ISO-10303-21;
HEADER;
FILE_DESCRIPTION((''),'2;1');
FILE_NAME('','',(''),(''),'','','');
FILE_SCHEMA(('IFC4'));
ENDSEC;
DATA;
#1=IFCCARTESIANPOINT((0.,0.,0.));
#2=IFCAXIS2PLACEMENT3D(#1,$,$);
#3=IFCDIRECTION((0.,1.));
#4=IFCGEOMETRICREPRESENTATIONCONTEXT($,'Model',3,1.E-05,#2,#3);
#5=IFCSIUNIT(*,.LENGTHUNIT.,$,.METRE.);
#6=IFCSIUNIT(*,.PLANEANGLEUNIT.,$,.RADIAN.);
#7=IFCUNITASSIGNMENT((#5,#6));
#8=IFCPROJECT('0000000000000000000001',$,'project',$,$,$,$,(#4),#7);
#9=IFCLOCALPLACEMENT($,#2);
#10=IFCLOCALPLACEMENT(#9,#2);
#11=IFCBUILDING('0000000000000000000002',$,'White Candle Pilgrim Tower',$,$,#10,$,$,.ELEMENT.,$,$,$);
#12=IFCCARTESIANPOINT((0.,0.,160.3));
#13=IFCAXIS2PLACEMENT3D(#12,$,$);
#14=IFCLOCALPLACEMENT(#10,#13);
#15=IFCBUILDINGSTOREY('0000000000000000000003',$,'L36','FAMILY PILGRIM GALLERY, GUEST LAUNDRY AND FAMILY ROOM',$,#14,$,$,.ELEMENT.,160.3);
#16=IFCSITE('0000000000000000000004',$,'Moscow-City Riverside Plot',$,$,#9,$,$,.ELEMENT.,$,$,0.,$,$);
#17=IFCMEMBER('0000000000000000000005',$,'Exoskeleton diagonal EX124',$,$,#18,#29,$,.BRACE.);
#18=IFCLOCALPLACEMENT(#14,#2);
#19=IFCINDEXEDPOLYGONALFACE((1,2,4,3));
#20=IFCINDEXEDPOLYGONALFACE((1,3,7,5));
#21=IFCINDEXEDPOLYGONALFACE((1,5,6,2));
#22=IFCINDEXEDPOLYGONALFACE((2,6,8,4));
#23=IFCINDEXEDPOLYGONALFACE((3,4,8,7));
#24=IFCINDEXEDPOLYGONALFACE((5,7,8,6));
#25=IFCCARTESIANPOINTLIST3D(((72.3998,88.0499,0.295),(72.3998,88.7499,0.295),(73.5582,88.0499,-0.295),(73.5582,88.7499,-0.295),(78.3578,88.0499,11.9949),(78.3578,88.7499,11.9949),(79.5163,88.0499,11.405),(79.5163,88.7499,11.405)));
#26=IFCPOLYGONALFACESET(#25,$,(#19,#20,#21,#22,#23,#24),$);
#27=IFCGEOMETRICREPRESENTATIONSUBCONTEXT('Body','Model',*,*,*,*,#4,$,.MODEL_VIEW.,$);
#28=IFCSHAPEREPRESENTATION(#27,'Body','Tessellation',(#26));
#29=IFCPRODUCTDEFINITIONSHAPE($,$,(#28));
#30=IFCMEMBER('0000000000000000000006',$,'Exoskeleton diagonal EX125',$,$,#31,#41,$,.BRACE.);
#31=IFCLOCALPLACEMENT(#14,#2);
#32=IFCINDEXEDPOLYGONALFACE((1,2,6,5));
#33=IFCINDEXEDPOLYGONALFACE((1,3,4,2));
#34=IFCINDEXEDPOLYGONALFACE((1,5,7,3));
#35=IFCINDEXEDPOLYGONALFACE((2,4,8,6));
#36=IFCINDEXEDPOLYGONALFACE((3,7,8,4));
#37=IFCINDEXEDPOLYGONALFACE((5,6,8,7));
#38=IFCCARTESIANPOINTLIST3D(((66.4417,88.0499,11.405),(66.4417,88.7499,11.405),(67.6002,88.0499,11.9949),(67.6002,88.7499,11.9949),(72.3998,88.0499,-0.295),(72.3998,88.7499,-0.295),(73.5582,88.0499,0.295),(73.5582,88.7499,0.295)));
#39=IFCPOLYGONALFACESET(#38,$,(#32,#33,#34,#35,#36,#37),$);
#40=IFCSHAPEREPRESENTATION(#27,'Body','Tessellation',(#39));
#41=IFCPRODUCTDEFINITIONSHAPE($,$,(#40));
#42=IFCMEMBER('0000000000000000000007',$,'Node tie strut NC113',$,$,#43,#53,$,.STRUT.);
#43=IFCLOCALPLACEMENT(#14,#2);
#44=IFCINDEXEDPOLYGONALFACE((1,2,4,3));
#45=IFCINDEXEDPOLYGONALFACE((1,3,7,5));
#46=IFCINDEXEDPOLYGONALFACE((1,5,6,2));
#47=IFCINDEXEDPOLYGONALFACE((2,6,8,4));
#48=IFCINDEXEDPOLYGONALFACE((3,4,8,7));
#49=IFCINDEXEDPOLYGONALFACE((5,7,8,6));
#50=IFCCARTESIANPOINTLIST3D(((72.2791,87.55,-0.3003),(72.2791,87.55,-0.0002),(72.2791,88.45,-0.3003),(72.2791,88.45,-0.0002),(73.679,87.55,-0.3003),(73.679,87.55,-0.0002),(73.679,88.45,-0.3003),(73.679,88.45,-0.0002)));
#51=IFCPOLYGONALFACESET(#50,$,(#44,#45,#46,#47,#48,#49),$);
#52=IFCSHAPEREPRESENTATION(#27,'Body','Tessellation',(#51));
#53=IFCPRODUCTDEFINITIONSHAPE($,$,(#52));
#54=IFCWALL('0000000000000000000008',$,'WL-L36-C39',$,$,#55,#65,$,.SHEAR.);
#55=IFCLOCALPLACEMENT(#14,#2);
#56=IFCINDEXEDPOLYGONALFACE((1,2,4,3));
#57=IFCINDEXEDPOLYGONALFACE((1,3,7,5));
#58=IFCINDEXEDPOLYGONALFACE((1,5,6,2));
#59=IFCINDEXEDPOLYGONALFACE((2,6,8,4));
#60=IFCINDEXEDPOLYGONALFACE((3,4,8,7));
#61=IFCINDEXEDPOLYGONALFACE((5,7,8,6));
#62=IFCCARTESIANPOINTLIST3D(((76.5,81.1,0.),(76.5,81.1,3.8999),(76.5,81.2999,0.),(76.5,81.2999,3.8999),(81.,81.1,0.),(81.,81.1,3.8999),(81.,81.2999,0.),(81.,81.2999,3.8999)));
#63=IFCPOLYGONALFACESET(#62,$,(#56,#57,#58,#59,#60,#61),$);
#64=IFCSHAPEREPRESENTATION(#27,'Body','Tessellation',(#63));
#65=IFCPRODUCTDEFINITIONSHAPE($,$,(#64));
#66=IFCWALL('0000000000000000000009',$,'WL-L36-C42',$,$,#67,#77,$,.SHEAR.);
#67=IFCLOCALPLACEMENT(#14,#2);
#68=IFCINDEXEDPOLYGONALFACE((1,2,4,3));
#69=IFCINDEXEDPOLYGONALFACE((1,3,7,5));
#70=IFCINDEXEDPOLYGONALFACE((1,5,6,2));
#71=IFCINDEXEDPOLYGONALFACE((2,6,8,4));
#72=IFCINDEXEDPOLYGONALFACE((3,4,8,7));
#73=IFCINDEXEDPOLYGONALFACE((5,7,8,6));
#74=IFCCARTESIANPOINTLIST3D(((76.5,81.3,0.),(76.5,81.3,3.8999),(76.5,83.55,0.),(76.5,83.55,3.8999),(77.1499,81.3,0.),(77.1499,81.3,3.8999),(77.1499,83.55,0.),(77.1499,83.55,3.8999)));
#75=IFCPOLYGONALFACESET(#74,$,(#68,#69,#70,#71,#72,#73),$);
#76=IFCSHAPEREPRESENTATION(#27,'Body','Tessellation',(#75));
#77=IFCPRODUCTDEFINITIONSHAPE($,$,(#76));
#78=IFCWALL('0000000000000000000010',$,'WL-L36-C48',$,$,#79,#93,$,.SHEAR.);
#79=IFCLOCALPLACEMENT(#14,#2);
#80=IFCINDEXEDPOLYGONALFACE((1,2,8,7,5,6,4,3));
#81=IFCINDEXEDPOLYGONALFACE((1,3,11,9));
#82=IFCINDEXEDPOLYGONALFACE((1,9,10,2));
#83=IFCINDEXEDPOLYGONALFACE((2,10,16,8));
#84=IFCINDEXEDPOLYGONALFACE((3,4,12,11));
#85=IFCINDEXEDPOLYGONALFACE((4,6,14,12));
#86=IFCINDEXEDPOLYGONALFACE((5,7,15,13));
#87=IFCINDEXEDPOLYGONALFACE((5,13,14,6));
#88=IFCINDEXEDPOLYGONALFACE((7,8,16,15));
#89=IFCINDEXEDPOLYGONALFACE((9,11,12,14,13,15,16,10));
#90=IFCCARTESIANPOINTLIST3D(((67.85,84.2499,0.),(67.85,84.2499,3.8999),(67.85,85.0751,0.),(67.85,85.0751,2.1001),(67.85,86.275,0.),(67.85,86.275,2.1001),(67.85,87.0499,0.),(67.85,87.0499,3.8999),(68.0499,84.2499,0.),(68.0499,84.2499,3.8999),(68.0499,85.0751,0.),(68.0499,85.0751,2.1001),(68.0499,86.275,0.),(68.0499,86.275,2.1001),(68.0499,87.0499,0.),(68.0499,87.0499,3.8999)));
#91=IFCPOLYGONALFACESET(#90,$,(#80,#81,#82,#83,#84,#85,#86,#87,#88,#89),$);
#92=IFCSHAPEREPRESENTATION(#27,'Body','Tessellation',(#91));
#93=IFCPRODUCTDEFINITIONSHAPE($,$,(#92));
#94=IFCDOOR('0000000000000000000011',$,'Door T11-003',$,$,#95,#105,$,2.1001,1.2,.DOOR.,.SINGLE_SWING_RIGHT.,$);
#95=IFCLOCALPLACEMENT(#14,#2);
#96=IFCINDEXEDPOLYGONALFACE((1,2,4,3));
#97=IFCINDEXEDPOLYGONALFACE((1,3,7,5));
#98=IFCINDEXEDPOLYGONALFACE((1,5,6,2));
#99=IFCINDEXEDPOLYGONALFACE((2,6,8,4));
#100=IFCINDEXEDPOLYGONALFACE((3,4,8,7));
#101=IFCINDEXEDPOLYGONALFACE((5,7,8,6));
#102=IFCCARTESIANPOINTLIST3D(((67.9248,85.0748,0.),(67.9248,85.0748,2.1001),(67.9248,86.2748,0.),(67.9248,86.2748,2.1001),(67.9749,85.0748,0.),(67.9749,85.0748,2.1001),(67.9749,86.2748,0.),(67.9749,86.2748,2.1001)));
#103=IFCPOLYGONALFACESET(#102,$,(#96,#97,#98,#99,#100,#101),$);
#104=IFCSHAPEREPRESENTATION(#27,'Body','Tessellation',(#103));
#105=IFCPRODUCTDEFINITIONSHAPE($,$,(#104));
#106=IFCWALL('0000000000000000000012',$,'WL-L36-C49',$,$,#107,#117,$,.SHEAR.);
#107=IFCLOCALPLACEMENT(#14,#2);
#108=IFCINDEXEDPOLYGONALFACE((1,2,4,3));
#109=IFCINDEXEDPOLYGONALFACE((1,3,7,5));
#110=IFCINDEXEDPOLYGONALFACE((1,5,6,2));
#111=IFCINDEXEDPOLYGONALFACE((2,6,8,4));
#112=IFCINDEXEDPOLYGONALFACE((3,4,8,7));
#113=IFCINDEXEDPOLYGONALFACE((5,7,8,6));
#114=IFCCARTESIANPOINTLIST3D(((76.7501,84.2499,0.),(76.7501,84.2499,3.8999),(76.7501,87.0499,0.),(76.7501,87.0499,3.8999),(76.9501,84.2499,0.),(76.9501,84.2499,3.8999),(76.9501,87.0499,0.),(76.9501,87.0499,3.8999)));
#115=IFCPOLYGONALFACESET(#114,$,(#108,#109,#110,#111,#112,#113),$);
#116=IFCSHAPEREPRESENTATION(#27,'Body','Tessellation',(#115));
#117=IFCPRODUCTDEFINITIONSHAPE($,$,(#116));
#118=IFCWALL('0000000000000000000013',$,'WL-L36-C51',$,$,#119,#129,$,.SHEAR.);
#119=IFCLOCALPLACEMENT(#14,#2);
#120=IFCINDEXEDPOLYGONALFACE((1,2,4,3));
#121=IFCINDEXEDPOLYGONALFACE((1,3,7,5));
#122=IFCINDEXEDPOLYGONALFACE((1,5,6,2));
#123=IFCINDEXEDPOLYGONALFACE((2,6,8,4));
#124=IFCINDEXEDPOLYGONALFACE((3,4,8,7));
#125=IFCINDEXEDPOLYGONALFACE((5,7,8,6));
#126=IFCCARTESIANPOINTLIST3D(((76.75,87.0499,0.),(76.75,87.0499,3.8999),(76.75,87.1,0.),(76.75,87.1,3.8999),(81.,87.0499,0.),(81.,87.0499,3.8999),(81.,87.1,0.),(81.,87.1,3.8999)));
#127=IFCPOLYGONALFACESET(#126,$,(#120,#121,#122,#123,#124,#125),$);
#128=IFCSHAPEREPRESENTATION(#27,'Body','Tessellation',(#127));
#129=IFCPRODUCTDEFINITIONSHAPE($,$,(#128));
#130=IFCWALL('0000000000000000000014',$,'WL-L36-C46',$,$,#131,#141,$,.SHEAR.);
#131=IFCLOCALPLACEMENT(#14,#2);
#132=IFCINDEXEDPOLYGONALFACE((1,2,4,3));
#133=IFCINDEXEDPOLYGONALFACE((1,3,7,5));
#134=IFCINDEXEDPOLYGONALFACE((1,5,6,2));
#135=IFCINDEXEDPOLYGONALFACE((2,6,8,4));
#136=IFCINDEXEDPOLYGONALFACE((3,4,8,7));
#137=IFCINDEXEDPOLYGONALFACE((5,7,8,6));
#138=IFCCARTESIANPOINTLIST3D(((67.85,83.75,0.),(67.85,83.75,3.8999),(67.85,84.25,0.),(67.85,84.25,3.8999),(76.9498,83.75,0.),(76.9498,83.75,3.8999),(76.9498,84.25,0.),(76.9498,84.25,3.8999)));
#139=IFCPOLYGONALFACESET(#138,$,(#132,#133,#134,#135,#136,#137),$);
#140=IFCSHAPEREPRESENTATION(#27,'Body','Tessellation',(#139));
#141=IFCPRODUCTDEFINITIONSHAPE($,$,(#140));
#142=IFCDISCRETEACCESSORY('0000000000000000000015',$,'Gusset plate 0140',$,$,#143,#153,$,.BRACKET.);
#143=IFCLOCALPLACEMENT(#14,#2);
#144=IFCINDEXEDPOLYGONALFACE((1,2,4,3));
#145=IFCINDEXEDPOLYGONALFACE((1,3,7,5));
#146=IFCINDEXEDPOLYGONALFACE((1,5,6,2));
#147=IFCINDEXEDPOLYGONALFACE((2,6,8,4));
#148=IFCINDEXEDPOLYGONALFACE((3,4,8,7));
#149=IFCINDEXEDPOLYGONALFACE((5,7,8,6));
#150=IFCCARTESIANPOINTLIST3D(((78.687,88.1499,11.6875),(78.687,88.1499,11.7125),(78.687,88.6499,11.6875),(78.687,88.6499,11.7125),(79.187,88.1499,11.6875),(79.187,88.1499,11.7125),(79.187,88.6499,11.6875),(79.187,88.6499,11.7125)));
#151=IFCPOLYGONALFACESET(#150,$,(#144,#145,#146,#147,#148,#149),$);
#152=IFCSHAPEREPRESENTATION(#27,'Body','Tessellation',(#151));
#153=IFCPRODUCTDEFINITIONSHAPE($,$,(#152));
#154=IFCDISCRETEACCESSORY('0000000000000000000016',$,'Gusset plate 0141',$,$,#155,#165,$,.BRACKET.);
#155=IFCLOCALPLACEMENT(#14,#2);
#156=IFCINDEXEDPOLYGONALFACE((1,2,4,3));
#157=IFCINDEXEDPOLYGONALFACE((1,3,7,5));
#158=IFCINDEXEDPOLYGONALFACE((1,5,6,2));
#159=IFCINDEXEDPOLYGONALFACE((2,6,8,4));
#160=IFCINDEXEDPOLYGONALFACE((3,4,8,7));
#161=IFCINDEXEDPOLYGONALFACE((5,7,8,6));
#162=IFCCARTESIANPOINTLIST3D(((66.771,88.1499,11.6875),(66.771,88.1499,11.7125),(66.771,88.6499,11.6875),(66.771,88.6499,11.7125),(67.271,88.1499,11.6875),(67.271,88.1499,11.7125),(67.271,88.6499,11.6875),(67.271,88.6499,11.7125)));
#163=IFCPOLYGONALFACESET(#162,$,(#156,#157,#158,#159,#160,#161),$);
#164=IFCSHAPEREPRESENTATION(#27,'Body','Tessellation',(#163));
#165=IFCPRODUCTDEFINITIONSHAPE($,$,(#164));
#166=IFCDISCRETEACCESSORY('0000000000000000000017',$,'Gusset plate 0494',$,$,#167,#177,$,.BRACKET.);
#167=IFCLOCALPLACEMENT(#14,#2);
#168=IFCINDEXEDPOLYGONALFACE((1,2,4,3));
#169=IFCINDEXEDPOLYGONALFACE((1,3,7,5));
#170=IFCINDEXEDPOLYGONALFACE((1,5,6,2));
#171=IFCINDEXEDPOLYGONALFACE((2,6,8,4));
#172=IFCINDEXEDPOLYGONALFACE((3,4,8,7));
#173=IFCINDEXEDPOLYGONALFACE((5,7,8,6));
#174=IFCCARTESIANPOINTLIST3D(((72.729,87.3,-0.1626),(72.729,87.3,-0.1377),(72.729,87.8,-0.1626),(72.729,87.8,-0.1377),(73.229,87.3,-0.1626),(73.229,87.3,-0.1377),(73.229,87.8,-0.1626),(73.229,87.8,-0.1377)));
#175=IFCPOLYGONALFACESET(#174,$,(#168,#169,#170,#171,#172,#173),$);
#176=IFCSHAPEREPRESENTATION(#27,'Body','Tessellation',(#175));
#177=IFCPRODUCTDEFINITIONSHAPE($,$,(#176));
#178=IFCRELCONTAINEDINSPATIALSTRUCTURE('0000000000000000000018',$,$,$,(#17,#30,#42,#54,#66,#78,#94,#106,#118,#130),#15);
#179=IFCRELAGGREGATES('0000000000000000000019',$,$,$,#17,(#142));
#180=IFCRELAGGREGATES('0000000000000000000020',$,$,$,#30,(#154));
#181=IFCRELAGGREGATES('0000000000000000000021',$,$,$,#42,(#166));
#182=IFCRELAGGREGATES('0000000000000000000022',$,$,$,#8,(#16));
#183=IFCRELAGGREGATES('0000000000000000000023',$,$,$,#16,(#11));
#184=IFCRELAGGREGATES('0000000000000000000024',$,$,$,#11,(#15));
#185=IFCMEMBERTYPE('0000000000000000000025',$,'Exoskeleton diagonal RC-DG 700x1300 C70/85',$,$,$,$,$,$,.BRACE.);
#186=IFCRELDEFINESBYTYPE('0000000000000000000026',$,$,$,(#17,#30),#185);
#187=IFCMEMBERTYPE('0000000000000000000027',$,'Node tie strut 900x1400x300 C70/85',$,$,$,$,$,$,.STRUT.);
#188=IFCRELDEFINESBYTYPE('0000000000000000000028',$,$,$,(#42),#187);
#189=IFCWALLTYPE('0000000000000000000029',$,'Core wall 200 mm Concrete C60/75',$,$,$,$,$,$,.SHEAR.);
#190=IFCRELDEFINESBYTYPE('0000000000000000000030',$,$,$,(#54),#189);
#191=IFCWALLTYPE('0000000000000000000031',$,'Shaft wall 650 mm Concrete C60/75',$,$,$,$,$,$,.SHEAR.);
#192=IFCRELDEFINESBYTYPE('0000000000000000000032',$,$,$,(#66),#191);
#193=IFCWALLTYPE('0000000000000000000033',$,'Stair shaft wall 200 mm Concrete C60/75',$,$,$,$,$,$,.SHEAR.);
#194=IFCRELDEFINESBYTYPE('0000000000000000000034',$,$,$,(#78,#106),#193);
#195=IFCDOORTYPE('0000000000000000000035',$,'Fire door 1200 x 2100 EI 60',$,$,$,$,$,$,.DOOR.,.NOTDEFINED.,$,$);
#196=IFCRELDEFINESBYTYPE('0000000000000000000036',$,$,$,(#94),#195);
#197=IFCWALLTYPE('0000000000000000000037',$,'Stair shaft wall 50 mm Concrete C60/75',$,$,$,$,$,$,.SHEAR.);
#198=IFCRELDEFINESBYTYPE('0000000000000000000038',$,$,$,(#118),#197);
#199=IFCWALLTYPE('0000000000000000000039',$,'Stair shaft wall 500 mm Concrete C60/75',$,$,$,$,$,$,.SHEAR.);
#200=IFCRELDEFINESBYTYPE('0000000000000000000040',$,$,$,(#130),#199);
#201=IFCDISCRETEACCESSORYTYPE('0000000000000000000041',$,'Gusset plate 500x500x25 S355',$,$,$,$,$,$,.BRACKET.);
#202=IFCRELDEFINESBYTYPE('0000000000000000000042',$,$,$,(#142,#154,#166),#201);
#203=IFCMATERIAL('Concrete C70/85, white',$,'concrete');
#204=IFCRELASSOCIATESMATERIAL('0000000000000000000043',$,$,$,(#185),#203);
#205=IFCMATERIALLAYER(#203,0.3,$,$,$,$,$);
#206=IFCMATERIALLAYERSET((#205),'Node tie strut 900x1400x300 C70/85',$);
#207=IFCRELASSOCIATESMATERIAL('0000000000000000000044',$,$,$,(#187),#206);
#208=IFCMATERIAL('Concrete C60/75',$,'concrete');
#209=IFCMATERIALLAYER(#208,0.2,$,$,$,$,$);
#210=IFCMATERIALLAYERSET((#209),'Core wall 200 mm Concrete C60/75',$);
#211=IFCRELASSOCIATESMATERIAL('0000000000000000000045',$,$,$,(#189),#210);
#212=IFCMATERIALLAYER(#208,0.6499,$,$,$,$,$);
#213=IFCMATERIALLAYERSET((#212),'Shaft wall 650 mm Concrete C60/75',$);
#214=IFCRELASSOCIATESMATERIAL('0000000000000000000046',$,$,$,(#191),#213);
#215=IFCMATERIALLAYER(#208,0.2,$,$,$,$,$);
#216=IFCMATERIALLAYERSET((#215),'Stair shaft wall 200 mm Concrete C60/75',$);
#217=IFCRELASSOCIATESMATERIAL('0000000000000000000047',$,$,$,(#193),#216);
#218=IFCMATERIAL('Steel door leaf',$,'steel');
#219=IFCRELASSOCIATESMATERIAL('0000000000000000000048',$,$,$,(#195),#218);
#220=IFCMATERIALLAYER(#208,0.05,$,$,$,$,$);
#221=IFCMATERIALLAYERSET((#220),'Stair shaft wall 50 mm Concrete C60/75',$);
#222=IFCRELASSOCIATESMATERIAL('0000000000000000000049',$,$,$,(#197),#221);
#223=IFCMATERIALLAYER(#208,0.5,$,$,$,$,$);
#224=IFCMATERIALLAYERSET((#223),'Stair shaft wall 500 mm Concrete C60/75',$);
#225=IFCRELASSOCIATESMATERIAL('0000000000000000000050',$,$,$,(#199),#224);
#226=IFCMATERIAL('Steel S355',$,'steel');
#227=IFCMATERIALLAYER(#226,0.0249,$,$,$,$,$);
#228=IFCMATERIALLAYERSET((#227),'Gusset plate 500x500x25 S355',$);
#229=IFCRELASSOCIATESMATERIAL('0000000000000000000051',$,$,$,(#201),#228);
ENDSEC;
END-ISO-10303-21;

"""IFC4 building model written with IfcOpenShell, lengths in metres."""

from ifc_helpers import new_model, si_unit, direction, frame, frame_2d, origin, origin_2d, place, context, subcontext, project, spatial, rectangle, extrude, material, layer, layer_set, material_profile, profile_set, type_object, element, fill, aggregate, save


model = new_model("IFC4")

# Units and contexts
model_context = context("Model", 3, precision=1e-05, world=origin(), true_north=direction((0.0, 1.0)))
body_context = subcontext(model_context, "Body", "Model", "MODEL_VIEW")
ifc_project = project(units=[si_unit("LENGTHUNIT", "METRE"), si_unit("PLANEANGLEUNIT", "RADIAN")], contexts=[model_context])

# Site, building, storey
site_placement = place(None, origin())
site = spatial("IfcSite", under=ifc_project, at=site_placement, Name="Moscow-City Riverside Plot", CompositionType="ELEMENT", RefElevation=0.0)
building_placement = place(site_placement, origin())
building = spatial("IfcBuilding", under=site, at=building_placement, Name="White Candle Pilgrim Tower", CompositionType="ELEMENT")
storey_placement = place(building_placement, frame((0.0, 0.0, 160.3)))
storey = spatial("IfcBuildingStorey", under=building, at=storey_placement, Name="L36", Description="FAMILY PILGRIM GALLERY, GUEST LAUNDRY AND FAMILY ROOM", CompositionType="ELEMENT", Elevation=160.3)

# Members
ifc_material_1 = material(Name="Concrete C70/85, white", Category="concrete")
ifc_material_profile = material_profile(ifc_material_1, rectangle(XDim=0.7, YDim=1.3, at=origin_2d()), Name="RC-DG 700x1300")
ifc_profile_set = profile_set([ifc_material_profile], Name="Concrete C70/85, white")
member_type_1 = type_object("IfcMemberType", Name="Exoskeleton diagonal RC-DG 700x1300 C70/85", PredefinedType="BRACE", material=ifc_profile_set)
member_1_placement = place(storey_placement, frame((72.979, 88.3999, 0.0), z_axis=(0.453784, 0.0, 0.891112), x_axis=(0.0, 1.0, 0.0)))
member_1 = element("IfcMember", 1, at=member_1_placement, inside=storey, type_object=member_type_1, Name="Exoskeleton diagonal EX124", PredefinedType="BRACE", context=body_context, shape_type="SweptSolid", body=[
    extrude(rectangle(XDim=0.7, YDim=1.3, at=origin_2d()), origin(), (0.0, 0.0, 1.0), 13.1296),
])
member_2_placement = place(storey_placement, frame((72.979, 88.3999, 0.0), z_axis=(-0.453784, 0.0, 0.891112), x_axis=(0.0, -1.0, 0.0)))
member_2 = element("IfcMember", 2, at=member_2_placement, inside=storey, type_object=member_type_1, Name="Exoskeleton diagonal EX125", PredefinedType="BRACE", context=body_context, shape_type="SweptSolid", body=[
    extrude(rectangle(XDim=0.7, YDim=1.3, at=origin_2d()), origin(), (0.0, 0.0, 1.0), 13.1296),
])
ifc_layer_1 = layer(ifc_material_1, 0.3)
ifc_layer_set_1 = layer_set([ifc_layer_1], Name="Node tie strut 900x1400x300 C70/85")
member_type_2 = type_object("IfcMemberType", Name="Node tie strut 900x1400x300 C70/85", PredefinedType="STRUT", material=ifc_layer_set_1)
member_3_placement = place(storey_placement, frame((72.979, 88.0, -0.3003), z_axis=(0.0, 0.0, 1.0), x_axis=(-1.0, 0.0, 0.0)))
member_3 = element("IfcMember", 3, at=member_3_placement, inside=storey, type_object=member_type_2, Name="Node tie strut NC113", PredefinedType="STRUT", context=body_context, shape_type="SweptSolid", body=[
    extrude(rectangle(XDim=1.3999, YDim=0.8999, at=origin_2d()), origin(), (0.0, 0.0, 1.0), 0.3),
])

# Walls
ifc_material_2 = material(Name="Concrete C60/75", Category="concrete")
ifc_layer_2 = layer(ifc_material_2, 0.2)
ifc_layer_set_2 = layer_set([ifc_layer_2], Name="Core wall 200 mm Concrete C60/75")
wall_type_1 = type_object("IfcWallType", Name="Core wall 200 mm Concrete C60/75", PredefinedType="SHEAR", material=ifc_layer_set_2)
wall_1_placement = place(storey_placement, frame((76.5, 81.2, 0.0), z_axis=(0.0, 0.0, 1.0), x_axis=(1.0, 0.0, 0.0)))
element("IfcWall", 4, at=wall_1_placement, inside=storey, type_object=wall_type_1, Name="WL-L36-C39", PredefinedType="SHEAR", context=body_context, shape_type="SweptSolid", body=[
    extrude(rectangle(XDim=4.5, YDim=0.2, at=frame_2d((2.25, 0.0))), origin(), (0.0, 0.0, 1.0), 3.8999),
])
ifc_layer_3 = layer(ifc_material_2, 0.6499)
ifc_layer_set_3 = layer_set([ifc_layer_3], Name="Shaft wall 650 mm Concrete C60/75")
wall_type_2 = type_object("IfcWallType", Name="Shaft wall 650 mm Concrete C60/75", PredefinedType="SHEAR", material=ifc_layer_set_3)
wall_2_placement = place(storey_placement, frame((76.825, 81.3, 0.0), z_axis=(0.0, 0.0, 1.0), x_axis=(0.0, 1.0, 0.0)))
element("IfcWall", 5, at=wall_2_placement, inside=storey, type_object=wall_type_2, Name="WL-L36-C42", PredefinedType="SHEAR", context=body_context, shape_type="SweptSolid", body=[
    extrude(rectangle(XDim=2.25, YDim=0.6499, at=frame_2d((1.125, 0.0))), origin(), (0.0, 0.0, 1.0), 3.8999),
])

# Wall, opening, door
ifc_layer_4 = layer(ifc_material_2, 0.2)
ifc_layer_set_4 = layer_set([ifc_layer_4], Name="Stair shaft wall 200 mm Concrete C60/75")
wall_type_3 = type_object("IfcWallType", Name="Stair shaft wall 200 mm Concrete C60/75", PredefinedType="SHEAR", material=ifc_layer_set_4)
wall_3_placement = place(storey_placement, frame((67.95, 84.25, 0.0), z_axis=(0.0, 0.0, 1.0), x_axis=(0.0, 1.0, 0.0)))
wall_3 = element("IfcWall", 6, at=wall_3_placement, inside=storey, type_object=wall_type_3, Name="WL-L36-C48", PredefinedType="SHEAR", context=body_context, shape_type="SweptSolid", body=[
    extrude(rectangle(XDim=2.8, YDim=0.2, at=frame_2d((1.3999, 0.0))), origin(), (0.0, 0.0, 1.0), 3.8999),
])
opening_placement = place(wall_3_placement, frame((0.825, 0.0, 0.0)))
opening = element("IfcOpeningElement", 7, at=opening_placement, cuts=wall_3, PredefinedType="OPENING", context=body_context, shape_type="SweptSolid", body=[
    extrude(rectangle(XDim=1.2, YDim=2.1001, at=frame_2d((0.6001, 1.05))), frame((0.0, 0.1099, 0.0), z_axis=(0.0, -1.0, 0.0), x_axis=(1.0, 0.0, 0.0)), (0.0, 0.0, 1.0), 0.22),
])
ifc_material_3 = material(Name="Steel door leaf", Category="steel")
door_type = type_object("IfcDoorType", Name="Fire door 1200 x 2100 EI 60", OperationType="NOTDEFINED", PredefinedType="DOOR", material=ifc_material_3)
door_placement = place(opening_placement, frame((1.2, 0.0, 0.0), z_axis=(0.0, 0.0, 1.0), x_axis=(-1.0, 0.0, 0.0)))
door = element("IfcDoor", 8, at=door_placement, inside=storey, type_object=door_type, Name="Door T11-003", OperationType="SINGLE_SWING_RIGHT", OverallHeight=2.1001, OverallWidth=1.2, PredefinedType="DOOR", context=body_context, shape_type="SweptSolid", body=[
    extrude(rectangle(XDim=1.2, YDim=2.1001, at=frame_2d((0.6001, 1.05))), frame((0.0, 0.0249, 0.0), z_axis=(0.0, -1.0, 0.0), x_axis=(1.0, 0.0, 0.0)), (0.0, 0.0, 1.0), 0.05),
])
fill(opening, door)

# Walls
wall_4_placement = place(storey_placement, frame((76.8501, 84.25, 0.0), z_axis=(0.0, 0.0, 1.0), x_axis=(0.0, 1.0, 0.0)))
element("IfcWall", 9, at=wall_4_placement, inside=storey, type_object=wall_type_3, Name="WL-L36-C49", PredefinedType="SHEAR", context=body_context, shape_type="SweptSolid", body=[
    extrude(rectangle(XDim=2.8, YDim=0.2, at=frame_2d((1.3999, 0.0))), origin(), (0.0, 0.0, 1.0), 3.8999),
])
ifc_layer_5 = layer(ifc_material_2, 0.05)
ifc_layer_set_5 = layer_set([ifc_layer_5], Name="Stair shaft wall 50 mm Concrete C60/75")
wall_type_4 = type_object("IfcWallType", Name="Stair shaft wall 50 mm Concrete C60/75", PredefinedType="SHEAR", material=ifc_layer_set_5)
wall_5_placement = place(storey_placement, frame((76.75, 87.075, 0.0), z_axis=(0.0, 0.0, 1.0), x_axis=(1.0, 0.0, 0.0)))
element("IfcWall", 10, at=wall_5_placement, inside=storey, type_object=wall_type_4, Name="WL-L36-C51", PredefinedType="SHEAR", context=body_context, shape_type="SweptSolid", body=[
    extrude(rectangle(XDim=4.25, YDim=0.05, at=frame_2d((2.125, 0.0))), origin(), (0.0, 0.0, 1.0), 3.8999),
])
ifc_layer_6 = layer(ifc_material_2, 0.5)
ifc_layer_set_6 = layer_set([ifc_layer_6], Name="Stair shaft wall 500 mm Concrete C60/75")
wall_type_5 = type_object("IfcWallType", Name="Stair shaft wall 500 mm Concrete C60/75", PredefinedType="SHEAR", material=ifc_layer_set_6)
wall_6_placement = place(storey_placement, frame((67.8501, 84.0, 0.0), z_axis=(0.0, 0.0, 1.0), x_axis=(1.0, 0.0, 0.0)))
element("IfcWall", 11, at=wall_6_placement, inside=storey, type_object=wall_type_5, Name="WL-L36-C46", PredefinedType="SHEAR", context=body_context, shape_type="SweptSolid", body=[
    extrude(rectangle(XDim=9.0999, YDim=0.5, at=frame_2d((4.5498, 0.0))), origin(), (0.0, 0.0, 1.0), 3.8999),
])

# Discrete accessories
ifc_material_4 = material(Name="Steel S355", Category="steel")
ifc_layer_7 = layer(ifc_material_4, 0.0249)
ifc_layer_set_7 = layer_set([ifc_layer_7], Name="Gusset plate 500x500x25 S355")
discrete_accessory_type = type_object("IfcDiscreteAccessoryType", Name="Gusset plate 500x500x25 S355", PredefinedType="BRACKET", material=ifc_layer_set_7)
placement = place(building_placement, frame((0.0, 0.0, 172.0)))
discrete_accessory_1_placement = place(placement, frame((78.937, 88.3999, -0.0125), z_axis=(0.0, 0.0, 1.0), x_axis=(1.0, 0.0, 0.0)))
discrete_accessory_1 = element("IfcDiscreteAccessory", 12, at=discrete_accessory_1_placement, type_object=discrete_accessory_type, Name="Gusset plate 0140", PredefinedType="BRACKET", context=body_context, shape_type="SweptSolid", body=[
    extrude(rectangle(XDim=0.5, YDim=0.5, at=origin_2d()), origin(), (0.0, 0.0, 1.0), 0.0249),
])
aggregate(member_1, [discrete_accessory_1])
discrete_accessory_2_placement = place(placement, frame((67.021, 88.3999, -0.0125), z_axis=(0.0, 0.0, 1.0), x_axis=(1.0, 0.0, 0.0)))
discrete_accessory_2 = element("IfcDiscreteAccessory", 13, at=discrete_accessory_2_placement, type_object=discrete_accessory_type, Name="Gusset plate 0141", PredefinedType="BRACKET", context=body_context, shape_type="SweptSolid", body=[
    extrude(rectangle(XDim=0.5, YDim=0.5, at=origin_2d()), origin(), (0.0, 0.0, 1.0), 0.0249),
])
aggregate(member_2, [discrete_accessory_2])
discrete_accessory_3_placement = place(storey_placement, frame((72.979, 87.55, -0.1626), z_axis=(0.0, 0.0, 1.0), x_axis=(1.0, 0.0, 0.0)))
discrete_accessory_3 = element("IfcDiscreteAccessory", 14, at=discrete_accessory_3_placement, type_object=discrete_accessory_type, Name="Gusset plate 0494", PredefinedType="BRACKET", context=body_context, shape_type="SweptSolid", body=[
    extrude(rectangle(XDim=0.5, YDim=0.5, at=origin_2d()), origin(), (0.0, 0.0, 1.0), 0.0249),
])
aggregate(member_3, [discrete_accessory_3])

save(model, "model.ifc")
